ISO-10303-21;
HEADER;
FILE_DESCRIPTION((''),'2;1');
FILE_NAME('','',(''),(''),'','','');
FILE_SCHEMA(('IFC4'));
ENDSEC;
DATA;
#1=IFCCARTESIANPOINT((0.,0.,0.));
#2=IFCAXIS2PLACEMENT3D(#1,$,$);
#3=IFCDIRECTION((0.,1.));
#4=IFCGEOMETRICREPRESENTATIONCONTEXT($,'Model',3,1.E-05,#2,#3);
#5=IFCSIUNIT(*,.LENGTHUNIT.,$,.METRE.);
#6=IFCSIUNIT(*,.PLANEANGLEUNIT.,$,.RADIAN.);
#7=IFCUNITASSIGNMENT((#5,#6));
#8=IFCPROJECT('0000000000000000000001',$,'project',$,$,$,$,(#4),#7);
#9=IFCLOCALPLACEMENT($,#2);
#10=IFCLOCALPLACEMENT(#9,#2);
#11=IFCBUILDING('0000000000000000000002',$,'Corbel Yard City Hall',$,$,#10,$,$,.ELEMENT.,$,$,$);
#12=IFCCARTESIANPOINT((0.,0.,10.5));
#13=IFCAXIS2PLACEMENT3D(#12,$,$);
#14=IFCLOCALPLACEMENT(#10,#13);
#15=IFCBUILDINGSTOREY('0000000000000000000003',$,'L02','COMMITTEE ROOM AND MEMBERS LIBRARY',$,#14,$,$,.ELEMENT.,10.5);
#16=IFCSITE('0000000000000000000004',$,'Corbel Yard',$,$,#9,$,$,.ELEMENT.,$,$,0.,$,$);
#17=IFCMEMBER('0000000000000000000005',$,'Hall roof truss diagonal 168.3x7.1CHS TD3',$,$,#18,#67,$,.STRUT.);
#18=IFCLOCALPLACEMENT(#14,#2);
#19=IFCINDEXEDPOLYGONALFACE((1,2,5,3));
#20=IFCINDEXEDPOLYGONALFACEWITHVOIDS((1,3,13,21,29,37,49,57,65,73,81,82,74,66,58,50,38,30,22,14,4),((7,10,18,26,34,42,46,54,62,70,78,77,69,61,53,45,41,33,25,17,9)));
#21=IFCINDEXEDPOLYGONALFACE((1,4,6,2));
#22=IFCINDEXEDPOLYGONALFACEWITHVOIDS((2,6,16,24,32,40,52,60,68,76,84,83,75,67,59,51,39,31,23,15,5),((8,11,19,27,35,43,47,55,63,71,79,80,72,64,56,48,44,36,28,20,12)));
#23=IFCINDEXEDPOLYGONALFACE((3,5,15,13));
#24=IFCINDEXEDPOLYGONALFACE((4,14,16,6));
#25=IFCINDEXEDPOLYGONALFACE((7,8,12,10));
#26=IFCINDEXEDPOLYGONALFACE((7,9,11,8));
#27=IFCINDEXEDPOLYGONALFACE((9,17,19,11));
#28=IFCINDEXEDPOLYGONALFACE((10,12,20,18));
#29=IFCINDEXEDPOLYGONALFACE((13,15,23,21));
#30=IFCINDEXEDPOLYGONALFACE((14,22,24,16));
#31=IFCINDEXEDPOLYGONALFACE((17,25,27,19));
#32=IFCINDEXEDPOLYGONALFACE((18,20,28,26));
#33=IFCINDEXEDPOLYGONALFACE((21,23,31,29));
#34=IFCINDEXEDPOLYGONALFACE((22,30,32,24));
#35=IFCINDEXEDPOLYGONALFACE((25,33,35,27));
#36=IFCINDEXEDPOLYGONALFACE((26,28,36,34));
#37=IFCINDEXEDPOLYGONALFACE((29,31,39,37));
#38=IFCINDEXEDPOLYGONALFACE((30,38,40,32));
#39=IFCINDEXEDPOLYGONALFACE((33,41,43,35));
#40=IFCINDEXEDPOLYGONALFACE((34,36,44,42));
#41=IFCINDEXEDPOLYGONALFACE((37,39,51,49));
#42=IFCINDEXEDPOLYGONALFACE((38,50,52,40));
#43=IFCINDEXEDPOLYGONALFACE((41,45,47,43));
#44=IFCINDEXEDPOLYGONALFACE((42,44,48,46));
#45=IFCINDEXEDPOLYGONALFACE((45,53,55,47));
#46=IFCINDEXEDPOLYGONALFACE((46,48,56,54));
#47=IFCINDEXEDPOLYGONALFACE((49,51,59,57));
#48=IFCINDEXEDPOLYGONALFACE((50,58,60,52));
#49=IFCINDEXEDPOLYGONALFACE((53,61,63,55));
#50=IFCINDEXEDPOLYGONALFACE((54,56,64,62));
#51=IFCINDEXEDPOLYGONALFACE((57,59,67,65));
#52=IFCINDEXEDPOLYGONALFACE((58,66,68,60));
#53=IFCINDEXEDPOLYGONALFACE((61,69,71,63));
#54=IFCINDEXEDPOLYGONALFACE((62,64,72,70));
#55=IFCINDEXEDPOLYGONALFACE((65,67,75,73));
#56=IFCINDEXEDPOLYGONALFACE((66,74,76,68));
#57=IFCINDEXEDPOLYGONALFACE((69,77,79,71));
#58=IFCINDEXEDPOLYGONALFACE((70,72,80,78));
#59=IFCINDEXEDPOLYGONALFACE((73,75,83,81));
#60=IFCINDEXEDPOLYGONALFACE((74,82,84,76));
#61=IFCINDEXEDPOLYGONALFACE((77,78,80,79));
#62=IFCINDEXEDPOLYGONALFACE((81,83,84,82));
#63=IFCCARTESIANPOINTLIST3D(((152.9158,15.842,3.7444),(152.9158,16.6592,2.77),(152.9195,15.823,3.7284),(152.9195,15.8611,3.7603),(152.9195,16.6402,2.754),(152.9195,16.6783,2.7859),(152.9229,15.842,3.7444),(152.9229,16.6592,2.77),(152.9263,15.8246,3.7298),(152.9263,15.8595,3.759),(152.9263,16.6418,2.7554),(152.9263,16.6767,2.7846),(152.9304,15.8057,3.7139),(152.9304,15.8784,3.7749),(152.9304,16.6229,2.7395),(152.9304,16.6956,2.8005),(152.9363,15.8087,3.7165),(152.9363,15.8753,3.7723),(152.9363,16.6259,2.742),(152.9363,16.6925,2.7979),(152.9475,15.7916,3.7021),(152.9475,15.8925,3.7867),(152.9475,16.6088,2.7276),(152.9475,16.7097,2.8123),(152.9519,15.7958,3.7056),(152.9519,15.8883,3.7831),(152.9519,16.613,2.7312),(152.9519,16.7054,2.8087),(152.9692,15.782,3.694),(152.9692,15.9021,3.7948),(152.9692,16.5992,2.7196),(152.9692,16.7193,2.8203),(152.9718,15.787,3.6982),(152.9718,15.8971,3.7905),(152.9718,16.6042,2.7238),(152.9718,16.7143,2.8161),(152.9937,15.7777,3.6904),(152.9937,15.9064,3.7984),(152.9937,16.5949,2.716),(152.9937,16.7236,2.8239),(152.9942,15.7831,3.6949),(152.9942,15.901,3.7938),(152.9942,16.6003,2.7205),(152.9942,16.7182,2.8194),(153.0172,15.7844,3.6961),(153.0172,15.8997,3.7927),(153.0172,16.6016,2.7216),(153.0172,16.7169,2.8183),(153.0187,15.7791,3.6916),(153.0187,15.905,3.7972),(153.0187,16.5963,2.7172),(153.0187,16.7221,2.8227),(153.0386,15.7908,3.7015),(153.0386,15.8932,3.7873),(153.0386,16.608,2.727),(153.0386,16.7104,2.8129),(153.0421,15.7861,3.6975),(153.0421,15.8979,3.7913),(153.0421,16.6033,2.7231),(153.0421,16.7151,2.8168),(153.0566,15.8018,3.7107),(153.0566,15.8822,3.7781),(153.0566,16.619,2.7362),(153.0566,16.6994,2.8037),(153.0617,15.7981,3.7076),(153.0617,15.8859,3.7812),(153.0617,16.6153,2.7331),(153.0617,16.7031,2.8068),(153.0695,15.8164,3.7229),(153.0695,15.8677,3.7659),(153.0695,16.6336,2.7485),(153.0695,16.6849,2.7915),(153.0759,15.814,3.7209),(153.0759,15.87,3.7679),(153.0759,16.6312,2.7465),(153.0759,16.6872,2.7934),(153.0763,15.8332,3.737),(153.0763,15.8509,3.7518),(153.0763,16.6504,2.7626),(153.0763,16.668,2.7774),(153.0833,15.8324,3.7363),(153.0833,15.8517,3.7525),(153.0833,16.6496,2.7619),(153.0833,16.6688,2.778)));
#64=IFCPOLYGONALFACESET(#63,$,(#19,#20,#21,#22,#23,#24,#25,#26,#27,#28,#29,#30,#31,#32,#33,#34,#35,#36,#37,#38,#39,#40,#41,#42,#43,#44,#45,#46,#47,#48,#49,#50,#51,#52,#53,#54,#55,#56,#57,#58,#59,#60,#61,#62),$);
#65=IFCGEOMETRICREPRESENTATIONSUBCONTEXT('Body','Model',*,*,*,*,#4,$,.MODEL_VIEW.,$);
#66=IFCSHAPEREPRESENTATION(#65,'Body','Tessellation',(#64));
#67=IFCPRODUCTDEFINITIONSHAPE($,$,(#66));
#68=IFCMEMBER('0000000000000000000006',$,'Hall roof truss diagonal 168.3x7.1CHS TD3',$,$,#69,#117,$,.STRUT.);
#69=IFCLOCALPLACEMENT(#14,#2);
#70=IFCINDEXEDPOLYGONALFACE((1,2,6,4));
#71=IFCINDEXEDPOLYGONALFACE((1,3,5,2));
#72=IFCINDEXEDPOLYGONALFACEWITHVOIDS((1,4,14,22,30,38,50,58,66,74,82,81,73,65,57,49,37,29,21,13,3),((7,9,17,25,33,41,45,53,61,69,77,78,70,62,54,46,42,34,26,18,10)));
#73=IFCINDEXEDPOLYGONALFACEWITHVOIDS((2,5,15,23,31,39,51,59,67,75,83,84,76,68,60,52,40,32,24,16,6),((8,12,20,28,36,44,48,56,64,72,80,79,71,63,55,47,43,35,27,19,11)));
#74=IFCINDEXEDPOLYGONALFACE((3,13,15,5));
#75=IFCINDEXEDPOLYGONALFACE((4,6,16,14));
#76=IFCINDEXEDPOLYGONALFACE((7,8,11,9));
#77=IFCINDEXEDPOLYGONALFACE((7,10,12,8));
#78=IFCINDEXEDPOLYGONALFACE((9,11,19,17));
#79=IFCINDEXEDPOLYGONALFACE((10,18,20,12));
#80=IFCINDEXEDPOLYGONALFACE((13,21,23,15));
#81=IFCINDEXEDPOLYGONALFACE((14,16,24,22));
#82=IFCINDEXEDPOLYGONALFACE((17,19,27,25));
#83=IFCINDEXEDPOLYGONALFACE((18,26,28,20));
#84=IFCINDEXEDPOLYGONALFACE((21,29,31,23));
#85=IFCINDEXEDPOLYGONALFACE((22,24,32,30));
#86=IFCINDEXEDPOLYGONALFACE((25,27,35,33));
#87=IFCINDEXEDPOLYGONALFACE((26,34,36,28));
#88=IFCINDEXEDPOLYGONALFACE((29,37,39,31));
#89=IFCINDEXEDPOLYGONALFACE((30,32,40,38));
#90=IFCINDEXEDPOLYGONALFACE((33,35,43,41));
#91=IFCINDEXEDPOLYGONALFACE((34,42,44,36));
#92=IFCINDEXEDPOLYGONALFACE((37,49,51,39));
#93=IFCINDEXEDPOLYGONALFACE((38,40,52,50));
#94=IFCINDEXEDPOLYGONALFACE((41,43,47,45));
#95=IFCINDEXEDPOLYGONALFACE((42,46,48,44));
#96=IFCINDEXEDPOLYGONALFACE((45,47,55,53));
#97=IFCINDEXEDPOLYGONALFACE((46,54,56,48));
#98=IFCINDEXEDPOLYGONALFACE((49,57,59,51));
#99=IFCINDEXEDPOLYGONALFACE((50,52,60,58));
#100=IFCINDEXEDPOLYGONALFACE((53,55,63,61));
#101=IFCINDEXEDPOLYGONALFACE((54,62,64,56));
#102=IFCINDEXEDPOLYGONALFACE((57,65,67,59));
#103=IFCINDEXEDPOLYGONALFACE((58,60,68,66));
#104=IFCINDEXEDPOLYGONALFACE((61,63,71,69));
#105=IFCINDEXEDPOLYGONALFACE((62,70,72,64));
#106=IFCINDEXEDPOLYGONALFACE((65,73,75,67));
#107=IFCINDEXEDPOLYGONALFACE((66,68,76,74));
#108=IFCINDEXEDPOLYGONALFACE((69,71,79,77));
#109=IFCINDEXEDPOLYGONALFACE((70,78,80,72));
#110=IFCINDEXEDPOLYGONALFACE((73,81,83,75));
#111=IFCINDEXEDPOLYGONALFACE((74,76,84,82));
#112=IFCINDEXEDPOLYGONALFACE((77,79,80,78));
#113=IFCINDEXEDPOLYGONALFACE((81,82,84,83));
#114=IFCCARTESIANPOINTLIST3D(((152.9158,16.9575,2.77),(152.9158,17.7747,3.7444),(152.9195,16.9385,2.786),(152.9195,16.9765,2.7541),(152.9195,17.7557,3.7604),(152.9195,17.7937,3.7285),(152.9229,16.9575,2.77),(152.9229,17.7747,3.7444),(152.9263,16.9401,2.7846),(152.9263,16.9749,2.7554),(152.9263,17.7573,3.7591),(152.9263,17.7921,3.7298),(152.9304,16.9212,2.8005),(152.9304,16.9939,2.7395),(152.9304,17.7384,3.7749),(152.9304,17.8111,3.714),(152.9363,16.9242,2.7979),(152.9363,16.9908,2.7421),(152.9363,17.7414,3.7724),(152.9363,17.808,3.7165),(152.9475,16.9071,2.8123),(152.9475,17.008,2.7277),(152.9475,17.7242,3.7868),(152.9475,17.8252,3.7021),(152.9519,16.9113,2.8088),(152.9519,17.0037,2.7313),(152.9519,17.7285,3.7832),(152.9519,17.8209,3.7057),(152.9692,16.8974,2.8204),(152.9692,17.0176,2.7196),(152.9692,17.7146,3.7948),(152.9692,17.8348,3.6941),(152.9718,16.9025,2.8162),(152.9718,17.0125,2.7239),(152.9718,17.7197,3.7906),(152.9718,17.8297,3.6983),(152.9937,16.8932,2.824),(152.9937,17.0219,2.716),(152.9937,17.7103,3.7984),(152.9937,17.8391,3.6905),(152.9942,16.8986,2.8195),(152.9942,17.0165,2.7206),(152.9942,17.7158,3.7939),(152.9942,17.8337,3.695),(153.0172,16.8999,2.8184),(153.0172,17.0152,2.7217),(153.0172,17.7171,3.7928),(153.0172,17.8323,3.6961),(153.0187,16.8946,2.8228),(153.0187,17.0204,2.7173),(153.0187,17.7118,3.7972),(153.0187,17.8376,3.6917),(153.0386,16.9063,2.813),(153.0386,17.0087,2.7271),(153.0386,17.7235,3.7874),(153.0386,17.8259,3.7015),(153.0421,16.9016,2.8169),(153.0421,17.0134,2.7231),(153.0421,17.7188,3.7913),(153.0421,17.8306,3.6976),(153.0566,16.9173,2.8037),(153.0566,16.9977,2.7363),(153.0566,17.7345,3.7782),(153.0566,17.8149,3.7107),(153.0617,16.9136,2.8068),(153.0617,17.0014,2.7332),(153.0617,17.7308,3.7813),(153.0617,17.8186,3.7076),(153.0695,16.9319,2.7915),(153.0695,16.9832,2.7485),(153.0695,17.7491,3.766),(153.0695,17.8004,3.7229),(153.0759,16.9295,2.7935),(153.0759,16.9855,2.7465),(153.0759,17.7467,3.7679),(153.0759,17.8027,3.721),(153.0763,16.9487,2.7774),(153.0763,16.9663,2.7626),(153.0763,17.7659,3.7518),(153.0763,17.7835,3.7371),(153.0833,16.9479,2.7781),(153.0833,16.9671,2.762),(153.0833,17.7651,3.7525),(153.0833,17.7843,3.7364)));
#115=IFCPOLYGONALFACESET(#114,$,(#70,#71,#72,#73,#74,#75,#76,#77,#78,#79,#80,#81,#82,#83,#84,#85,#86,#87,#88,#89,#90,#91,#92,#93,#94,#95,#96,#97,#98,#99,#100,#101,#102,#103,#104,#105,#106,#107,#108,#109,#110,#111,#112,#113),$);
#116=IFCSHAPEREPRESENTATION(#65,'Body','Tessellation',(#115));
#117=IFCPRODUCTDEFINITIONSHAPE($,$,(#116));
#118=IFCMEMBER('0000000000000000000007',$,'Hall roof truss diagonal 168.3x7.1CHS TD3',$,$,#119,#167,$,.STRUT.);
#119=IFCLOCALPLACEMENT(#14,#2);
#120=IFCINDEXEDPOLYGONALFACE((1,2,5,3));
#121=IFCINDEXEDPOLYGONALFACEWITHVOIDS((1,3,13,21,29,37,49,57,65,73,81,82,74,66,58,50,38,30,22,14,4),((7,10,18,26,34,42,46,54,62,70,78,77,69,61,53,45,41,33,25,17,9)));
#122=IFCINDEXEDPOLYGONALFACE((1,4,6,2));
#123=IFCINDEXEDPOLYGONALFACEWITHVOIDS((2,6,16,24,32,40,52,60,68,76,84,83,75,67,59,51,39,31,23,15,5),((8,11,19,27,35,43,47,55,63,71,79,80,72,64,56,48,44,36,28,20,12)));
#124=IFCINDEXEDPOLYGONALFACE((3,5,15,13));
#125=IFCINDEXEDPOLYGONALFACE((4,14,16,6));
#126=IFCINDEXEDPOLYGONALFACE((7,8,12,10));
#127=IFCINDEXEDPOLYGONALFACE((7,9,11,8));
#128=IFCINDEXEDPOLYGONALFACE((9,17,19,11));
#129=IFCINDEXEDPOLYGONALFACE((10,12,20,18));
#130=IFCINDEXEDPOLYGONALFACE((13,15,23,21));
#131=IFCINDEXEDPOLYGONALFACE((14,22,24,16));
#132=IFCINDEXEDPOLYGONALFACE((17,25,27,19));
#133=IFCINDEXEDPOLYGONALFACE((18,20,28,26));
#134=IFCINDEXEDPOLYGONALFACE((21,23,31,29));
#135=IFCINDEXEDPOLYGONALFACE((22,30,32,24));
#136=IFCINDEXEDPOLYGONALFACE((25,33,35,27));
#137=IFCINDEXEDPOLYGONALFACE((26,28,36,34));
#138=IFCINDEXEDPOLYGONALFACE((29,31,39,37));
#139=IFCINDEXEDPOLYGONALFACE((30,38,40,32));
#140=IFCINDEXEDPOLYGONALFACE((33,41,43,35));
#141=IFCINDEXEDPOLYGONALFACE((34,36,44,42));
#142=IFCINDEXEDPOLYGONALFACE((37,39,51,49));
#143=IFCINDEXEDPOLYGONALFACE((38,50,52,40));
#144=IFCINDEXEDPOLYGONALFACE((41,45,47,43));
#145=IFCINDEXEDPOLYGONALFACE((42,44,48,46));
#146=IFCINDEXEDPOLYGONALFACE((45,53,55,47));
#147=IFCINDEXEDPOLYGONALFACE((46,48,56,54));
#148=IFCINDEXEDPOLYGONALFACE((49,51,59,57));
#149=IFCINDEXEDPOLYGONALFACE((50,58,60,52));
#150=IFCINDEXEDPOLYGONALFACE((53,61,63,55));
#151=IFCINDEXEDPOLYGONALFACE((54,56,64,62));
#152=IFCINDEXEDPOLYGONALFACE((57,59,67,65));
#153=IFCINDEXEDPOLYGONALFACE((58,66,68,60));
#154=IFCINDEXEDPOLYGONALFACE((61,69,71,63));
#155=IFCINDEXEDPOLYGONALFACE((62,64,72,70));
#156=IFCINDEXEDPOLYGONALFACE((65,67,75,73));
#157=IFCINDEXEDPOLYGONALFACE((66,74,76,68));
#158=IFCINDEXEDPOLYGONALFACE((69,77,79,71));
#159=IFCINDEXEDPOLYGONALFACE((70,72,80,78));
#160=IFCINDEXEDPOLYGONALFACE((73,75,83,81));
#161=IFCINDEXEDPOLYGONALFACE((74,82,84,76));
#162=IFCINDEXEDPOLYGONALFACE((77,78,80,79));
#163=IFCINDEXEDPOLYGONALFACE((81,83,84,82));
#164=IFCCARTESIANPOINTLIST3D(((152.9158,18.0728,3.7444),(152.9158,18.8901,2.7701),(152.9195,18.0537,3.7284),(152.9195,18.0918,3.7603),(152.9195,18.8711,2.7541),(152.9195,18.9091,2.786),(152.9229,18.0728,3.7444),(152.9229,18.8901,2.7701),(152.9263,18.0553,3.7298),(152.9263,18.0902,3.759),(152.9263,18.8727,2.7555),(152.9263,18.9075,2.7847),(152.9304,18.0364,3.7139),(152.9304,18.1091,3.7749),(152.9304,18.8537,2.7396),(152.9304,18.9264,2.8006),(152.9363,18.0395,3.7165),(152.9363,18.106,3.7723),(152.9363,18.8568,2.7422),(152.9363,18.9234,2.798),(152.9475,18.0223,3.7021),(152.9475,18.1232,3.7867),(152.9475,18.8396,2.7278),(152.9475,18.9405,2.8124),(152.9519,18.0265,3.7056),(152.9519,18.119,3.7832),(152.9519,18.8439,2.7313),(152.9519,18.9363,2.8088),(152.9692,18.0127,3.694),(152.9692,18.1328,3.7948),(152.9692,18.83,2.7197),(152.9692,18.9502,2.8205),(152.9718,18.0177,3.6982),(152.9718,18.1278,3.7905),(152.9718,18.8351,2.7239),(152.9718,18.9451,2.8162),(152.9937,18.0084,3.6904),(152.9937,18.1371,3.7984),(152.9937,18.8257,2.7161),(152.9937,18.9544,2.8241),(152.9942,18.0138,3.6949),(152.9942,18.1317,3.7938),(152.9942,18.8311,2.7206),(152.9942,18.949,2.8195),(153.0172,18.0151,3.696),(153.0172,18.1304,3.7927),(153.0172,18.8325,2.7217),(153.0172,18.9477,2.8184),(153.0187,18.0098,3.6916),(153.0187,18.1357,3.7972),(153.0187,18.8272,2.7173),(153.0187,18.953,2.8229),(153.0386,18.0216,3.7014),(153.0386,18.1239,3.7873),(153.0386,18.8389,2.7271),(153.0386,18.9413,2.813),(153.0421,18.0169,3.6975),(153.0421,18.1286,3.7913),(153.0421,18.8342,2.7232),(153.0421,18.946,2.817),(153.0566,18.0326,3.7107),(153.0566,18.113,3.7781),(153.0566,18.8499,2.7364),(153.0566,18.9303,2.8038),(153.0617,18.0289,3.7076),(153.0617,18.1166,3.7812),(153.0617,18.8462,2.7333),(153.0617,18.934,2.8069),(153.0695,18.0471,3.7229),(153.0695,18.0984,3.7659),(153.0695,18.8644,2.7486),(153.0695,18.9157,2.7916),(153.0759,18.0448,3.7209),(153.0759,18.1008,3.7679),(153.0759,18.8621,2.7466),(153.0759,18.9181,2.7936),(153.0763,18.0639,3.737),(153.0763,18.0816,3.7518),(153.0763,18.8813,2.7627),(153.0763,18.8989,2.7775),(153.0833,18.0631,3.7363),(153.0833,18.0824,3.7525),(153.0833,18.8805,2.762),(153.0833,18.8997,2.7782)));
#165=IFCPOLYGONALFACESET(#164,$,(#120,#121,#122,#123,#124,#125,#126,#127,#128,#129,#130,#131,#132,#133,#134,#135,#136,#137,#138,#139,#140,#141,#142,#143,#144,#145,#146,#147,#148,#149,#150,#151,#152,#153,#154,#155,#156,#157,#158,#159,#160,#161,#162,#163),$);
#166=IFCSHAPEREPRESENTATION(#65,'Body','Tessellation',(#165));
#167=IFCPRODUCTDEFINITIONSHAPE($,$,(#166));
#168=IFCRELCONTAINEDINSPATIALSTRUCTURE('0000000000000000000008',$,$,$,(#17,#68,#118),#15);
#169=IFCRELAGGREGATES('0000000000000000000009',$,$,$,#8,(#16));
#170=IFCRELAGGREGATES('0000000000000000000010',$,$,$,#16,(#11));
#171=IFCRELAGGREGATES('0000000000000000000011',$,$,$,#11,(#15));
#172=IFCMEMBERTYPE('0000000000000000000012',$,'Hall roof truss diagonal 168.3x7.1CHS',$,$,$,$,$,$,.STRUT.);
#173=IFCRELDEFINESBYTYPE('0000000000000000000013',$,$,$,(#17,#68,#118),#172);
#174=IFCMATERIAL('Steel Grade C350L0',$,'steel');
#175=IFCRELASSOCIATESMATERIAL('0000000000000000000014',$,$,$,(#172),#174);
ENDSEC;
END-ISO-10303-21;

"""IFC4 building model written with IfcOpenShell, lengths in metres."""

from ifc_helpers import new_model, si_unit, direction, frame, origin, origin_2d, place, context, subcontext, project, spatial, hollow_circle, extrude, material, material_profile, profile_set, type_object, element, save


model = new_model("IFC4")

# Units and contexts
model_context = context("Model", 3, precision=1e-05, world=origin(), true_north=direction((0.0, 1.0)))
body_context = subcontext(model_context, "Body", "Model", "MODEL_VIEW")
ifc_project = project(units=[si_unit("LENGTHUNIT", "METRE"), si_unit("PLANEANGLEUNIT", "RADIAN")], contexts=[model_context])

# Site, building, storey
site_placement = place(None, origin())
site = spatial("IfcSite", under=ifc_project, at=site_placement, Name="Corbel Yard", CompositionType="ELEMENT", RefElevation=0.0)
building_placement = place(site_placement, origin())
building = spatial("IfcBuilding", under=site, at=building_placement, Name="Corbel Yard City Hall", CompositionType="ELEMENT")
storey_placement = place(building_placement, frame((0.0, 0.0, 10.5)))
storey = spatial("IfcBuildingStorey", under=building, at=storey_placement, Name="L02", Description="COMMITTEE ROOM AND MEMBERS LIBRARY", CompositionType="ELEMENT", Elevation=10.5)

# Members
ifc_material_1 = material(Name="Steel Grade C350L0", Category="steel")
ifc_material_profile_1 = material_profile(ifc_material_1, hollow_circle(Radius=0.0842, WallThickness=0.0071, at=origin_2d()), Name="168.3x7.1CHS")
ifc_profile_set_1 = profile_set([ifc_material_profile_1], Name="Steel Grade C350L0")
member_type_1 = type_object("IfcMemberType", Name="Hall roof truss diagonal 168.3x7.1CHS", PredefinedType="STRUT", material=ifc_profile_set_1)
for number, where, z_axis, x_axis, name in (
    (1, (153.0, 15.842, 3.7444), (0.0, 0.64258, -0.766219), (-1.0, 0.0, 0.0), "Hall roof truss diagonal 168.3x7.1CHS TD3"),
    (2, (153.0, 16.9575, 2.77), (0.0, 0.64258, 0.766219), (-1.0, 0.0, 0.0), "Hall roof truss diagonal 168.3x7.1CHS TD3"),
    (3, (153.0, 18.0728, 3.7444), (0.0, 0.642692, -0.766124), (-1.0, 0.0, 0.0), "Hall roof truss diagonal 168.3x7.1CHS TD3"),
):
    element("IfcMember", number, at=place(storey_placement, frame(where, z_axis=z_axis, x_axis=x_axis)), inside=storey, type_object=member_type_1, Name=name, PredefinedType="STRUT", context=body_context, shape_type="SweptSolid", body=[
        extrude(hollow_circle(Radius=0.0842, WallThickness=0.0071, at=origin_2d()), origin(), (0.0, 0.0, 1.0), 1.2717),
    ])

save(model, "model.ifc")
